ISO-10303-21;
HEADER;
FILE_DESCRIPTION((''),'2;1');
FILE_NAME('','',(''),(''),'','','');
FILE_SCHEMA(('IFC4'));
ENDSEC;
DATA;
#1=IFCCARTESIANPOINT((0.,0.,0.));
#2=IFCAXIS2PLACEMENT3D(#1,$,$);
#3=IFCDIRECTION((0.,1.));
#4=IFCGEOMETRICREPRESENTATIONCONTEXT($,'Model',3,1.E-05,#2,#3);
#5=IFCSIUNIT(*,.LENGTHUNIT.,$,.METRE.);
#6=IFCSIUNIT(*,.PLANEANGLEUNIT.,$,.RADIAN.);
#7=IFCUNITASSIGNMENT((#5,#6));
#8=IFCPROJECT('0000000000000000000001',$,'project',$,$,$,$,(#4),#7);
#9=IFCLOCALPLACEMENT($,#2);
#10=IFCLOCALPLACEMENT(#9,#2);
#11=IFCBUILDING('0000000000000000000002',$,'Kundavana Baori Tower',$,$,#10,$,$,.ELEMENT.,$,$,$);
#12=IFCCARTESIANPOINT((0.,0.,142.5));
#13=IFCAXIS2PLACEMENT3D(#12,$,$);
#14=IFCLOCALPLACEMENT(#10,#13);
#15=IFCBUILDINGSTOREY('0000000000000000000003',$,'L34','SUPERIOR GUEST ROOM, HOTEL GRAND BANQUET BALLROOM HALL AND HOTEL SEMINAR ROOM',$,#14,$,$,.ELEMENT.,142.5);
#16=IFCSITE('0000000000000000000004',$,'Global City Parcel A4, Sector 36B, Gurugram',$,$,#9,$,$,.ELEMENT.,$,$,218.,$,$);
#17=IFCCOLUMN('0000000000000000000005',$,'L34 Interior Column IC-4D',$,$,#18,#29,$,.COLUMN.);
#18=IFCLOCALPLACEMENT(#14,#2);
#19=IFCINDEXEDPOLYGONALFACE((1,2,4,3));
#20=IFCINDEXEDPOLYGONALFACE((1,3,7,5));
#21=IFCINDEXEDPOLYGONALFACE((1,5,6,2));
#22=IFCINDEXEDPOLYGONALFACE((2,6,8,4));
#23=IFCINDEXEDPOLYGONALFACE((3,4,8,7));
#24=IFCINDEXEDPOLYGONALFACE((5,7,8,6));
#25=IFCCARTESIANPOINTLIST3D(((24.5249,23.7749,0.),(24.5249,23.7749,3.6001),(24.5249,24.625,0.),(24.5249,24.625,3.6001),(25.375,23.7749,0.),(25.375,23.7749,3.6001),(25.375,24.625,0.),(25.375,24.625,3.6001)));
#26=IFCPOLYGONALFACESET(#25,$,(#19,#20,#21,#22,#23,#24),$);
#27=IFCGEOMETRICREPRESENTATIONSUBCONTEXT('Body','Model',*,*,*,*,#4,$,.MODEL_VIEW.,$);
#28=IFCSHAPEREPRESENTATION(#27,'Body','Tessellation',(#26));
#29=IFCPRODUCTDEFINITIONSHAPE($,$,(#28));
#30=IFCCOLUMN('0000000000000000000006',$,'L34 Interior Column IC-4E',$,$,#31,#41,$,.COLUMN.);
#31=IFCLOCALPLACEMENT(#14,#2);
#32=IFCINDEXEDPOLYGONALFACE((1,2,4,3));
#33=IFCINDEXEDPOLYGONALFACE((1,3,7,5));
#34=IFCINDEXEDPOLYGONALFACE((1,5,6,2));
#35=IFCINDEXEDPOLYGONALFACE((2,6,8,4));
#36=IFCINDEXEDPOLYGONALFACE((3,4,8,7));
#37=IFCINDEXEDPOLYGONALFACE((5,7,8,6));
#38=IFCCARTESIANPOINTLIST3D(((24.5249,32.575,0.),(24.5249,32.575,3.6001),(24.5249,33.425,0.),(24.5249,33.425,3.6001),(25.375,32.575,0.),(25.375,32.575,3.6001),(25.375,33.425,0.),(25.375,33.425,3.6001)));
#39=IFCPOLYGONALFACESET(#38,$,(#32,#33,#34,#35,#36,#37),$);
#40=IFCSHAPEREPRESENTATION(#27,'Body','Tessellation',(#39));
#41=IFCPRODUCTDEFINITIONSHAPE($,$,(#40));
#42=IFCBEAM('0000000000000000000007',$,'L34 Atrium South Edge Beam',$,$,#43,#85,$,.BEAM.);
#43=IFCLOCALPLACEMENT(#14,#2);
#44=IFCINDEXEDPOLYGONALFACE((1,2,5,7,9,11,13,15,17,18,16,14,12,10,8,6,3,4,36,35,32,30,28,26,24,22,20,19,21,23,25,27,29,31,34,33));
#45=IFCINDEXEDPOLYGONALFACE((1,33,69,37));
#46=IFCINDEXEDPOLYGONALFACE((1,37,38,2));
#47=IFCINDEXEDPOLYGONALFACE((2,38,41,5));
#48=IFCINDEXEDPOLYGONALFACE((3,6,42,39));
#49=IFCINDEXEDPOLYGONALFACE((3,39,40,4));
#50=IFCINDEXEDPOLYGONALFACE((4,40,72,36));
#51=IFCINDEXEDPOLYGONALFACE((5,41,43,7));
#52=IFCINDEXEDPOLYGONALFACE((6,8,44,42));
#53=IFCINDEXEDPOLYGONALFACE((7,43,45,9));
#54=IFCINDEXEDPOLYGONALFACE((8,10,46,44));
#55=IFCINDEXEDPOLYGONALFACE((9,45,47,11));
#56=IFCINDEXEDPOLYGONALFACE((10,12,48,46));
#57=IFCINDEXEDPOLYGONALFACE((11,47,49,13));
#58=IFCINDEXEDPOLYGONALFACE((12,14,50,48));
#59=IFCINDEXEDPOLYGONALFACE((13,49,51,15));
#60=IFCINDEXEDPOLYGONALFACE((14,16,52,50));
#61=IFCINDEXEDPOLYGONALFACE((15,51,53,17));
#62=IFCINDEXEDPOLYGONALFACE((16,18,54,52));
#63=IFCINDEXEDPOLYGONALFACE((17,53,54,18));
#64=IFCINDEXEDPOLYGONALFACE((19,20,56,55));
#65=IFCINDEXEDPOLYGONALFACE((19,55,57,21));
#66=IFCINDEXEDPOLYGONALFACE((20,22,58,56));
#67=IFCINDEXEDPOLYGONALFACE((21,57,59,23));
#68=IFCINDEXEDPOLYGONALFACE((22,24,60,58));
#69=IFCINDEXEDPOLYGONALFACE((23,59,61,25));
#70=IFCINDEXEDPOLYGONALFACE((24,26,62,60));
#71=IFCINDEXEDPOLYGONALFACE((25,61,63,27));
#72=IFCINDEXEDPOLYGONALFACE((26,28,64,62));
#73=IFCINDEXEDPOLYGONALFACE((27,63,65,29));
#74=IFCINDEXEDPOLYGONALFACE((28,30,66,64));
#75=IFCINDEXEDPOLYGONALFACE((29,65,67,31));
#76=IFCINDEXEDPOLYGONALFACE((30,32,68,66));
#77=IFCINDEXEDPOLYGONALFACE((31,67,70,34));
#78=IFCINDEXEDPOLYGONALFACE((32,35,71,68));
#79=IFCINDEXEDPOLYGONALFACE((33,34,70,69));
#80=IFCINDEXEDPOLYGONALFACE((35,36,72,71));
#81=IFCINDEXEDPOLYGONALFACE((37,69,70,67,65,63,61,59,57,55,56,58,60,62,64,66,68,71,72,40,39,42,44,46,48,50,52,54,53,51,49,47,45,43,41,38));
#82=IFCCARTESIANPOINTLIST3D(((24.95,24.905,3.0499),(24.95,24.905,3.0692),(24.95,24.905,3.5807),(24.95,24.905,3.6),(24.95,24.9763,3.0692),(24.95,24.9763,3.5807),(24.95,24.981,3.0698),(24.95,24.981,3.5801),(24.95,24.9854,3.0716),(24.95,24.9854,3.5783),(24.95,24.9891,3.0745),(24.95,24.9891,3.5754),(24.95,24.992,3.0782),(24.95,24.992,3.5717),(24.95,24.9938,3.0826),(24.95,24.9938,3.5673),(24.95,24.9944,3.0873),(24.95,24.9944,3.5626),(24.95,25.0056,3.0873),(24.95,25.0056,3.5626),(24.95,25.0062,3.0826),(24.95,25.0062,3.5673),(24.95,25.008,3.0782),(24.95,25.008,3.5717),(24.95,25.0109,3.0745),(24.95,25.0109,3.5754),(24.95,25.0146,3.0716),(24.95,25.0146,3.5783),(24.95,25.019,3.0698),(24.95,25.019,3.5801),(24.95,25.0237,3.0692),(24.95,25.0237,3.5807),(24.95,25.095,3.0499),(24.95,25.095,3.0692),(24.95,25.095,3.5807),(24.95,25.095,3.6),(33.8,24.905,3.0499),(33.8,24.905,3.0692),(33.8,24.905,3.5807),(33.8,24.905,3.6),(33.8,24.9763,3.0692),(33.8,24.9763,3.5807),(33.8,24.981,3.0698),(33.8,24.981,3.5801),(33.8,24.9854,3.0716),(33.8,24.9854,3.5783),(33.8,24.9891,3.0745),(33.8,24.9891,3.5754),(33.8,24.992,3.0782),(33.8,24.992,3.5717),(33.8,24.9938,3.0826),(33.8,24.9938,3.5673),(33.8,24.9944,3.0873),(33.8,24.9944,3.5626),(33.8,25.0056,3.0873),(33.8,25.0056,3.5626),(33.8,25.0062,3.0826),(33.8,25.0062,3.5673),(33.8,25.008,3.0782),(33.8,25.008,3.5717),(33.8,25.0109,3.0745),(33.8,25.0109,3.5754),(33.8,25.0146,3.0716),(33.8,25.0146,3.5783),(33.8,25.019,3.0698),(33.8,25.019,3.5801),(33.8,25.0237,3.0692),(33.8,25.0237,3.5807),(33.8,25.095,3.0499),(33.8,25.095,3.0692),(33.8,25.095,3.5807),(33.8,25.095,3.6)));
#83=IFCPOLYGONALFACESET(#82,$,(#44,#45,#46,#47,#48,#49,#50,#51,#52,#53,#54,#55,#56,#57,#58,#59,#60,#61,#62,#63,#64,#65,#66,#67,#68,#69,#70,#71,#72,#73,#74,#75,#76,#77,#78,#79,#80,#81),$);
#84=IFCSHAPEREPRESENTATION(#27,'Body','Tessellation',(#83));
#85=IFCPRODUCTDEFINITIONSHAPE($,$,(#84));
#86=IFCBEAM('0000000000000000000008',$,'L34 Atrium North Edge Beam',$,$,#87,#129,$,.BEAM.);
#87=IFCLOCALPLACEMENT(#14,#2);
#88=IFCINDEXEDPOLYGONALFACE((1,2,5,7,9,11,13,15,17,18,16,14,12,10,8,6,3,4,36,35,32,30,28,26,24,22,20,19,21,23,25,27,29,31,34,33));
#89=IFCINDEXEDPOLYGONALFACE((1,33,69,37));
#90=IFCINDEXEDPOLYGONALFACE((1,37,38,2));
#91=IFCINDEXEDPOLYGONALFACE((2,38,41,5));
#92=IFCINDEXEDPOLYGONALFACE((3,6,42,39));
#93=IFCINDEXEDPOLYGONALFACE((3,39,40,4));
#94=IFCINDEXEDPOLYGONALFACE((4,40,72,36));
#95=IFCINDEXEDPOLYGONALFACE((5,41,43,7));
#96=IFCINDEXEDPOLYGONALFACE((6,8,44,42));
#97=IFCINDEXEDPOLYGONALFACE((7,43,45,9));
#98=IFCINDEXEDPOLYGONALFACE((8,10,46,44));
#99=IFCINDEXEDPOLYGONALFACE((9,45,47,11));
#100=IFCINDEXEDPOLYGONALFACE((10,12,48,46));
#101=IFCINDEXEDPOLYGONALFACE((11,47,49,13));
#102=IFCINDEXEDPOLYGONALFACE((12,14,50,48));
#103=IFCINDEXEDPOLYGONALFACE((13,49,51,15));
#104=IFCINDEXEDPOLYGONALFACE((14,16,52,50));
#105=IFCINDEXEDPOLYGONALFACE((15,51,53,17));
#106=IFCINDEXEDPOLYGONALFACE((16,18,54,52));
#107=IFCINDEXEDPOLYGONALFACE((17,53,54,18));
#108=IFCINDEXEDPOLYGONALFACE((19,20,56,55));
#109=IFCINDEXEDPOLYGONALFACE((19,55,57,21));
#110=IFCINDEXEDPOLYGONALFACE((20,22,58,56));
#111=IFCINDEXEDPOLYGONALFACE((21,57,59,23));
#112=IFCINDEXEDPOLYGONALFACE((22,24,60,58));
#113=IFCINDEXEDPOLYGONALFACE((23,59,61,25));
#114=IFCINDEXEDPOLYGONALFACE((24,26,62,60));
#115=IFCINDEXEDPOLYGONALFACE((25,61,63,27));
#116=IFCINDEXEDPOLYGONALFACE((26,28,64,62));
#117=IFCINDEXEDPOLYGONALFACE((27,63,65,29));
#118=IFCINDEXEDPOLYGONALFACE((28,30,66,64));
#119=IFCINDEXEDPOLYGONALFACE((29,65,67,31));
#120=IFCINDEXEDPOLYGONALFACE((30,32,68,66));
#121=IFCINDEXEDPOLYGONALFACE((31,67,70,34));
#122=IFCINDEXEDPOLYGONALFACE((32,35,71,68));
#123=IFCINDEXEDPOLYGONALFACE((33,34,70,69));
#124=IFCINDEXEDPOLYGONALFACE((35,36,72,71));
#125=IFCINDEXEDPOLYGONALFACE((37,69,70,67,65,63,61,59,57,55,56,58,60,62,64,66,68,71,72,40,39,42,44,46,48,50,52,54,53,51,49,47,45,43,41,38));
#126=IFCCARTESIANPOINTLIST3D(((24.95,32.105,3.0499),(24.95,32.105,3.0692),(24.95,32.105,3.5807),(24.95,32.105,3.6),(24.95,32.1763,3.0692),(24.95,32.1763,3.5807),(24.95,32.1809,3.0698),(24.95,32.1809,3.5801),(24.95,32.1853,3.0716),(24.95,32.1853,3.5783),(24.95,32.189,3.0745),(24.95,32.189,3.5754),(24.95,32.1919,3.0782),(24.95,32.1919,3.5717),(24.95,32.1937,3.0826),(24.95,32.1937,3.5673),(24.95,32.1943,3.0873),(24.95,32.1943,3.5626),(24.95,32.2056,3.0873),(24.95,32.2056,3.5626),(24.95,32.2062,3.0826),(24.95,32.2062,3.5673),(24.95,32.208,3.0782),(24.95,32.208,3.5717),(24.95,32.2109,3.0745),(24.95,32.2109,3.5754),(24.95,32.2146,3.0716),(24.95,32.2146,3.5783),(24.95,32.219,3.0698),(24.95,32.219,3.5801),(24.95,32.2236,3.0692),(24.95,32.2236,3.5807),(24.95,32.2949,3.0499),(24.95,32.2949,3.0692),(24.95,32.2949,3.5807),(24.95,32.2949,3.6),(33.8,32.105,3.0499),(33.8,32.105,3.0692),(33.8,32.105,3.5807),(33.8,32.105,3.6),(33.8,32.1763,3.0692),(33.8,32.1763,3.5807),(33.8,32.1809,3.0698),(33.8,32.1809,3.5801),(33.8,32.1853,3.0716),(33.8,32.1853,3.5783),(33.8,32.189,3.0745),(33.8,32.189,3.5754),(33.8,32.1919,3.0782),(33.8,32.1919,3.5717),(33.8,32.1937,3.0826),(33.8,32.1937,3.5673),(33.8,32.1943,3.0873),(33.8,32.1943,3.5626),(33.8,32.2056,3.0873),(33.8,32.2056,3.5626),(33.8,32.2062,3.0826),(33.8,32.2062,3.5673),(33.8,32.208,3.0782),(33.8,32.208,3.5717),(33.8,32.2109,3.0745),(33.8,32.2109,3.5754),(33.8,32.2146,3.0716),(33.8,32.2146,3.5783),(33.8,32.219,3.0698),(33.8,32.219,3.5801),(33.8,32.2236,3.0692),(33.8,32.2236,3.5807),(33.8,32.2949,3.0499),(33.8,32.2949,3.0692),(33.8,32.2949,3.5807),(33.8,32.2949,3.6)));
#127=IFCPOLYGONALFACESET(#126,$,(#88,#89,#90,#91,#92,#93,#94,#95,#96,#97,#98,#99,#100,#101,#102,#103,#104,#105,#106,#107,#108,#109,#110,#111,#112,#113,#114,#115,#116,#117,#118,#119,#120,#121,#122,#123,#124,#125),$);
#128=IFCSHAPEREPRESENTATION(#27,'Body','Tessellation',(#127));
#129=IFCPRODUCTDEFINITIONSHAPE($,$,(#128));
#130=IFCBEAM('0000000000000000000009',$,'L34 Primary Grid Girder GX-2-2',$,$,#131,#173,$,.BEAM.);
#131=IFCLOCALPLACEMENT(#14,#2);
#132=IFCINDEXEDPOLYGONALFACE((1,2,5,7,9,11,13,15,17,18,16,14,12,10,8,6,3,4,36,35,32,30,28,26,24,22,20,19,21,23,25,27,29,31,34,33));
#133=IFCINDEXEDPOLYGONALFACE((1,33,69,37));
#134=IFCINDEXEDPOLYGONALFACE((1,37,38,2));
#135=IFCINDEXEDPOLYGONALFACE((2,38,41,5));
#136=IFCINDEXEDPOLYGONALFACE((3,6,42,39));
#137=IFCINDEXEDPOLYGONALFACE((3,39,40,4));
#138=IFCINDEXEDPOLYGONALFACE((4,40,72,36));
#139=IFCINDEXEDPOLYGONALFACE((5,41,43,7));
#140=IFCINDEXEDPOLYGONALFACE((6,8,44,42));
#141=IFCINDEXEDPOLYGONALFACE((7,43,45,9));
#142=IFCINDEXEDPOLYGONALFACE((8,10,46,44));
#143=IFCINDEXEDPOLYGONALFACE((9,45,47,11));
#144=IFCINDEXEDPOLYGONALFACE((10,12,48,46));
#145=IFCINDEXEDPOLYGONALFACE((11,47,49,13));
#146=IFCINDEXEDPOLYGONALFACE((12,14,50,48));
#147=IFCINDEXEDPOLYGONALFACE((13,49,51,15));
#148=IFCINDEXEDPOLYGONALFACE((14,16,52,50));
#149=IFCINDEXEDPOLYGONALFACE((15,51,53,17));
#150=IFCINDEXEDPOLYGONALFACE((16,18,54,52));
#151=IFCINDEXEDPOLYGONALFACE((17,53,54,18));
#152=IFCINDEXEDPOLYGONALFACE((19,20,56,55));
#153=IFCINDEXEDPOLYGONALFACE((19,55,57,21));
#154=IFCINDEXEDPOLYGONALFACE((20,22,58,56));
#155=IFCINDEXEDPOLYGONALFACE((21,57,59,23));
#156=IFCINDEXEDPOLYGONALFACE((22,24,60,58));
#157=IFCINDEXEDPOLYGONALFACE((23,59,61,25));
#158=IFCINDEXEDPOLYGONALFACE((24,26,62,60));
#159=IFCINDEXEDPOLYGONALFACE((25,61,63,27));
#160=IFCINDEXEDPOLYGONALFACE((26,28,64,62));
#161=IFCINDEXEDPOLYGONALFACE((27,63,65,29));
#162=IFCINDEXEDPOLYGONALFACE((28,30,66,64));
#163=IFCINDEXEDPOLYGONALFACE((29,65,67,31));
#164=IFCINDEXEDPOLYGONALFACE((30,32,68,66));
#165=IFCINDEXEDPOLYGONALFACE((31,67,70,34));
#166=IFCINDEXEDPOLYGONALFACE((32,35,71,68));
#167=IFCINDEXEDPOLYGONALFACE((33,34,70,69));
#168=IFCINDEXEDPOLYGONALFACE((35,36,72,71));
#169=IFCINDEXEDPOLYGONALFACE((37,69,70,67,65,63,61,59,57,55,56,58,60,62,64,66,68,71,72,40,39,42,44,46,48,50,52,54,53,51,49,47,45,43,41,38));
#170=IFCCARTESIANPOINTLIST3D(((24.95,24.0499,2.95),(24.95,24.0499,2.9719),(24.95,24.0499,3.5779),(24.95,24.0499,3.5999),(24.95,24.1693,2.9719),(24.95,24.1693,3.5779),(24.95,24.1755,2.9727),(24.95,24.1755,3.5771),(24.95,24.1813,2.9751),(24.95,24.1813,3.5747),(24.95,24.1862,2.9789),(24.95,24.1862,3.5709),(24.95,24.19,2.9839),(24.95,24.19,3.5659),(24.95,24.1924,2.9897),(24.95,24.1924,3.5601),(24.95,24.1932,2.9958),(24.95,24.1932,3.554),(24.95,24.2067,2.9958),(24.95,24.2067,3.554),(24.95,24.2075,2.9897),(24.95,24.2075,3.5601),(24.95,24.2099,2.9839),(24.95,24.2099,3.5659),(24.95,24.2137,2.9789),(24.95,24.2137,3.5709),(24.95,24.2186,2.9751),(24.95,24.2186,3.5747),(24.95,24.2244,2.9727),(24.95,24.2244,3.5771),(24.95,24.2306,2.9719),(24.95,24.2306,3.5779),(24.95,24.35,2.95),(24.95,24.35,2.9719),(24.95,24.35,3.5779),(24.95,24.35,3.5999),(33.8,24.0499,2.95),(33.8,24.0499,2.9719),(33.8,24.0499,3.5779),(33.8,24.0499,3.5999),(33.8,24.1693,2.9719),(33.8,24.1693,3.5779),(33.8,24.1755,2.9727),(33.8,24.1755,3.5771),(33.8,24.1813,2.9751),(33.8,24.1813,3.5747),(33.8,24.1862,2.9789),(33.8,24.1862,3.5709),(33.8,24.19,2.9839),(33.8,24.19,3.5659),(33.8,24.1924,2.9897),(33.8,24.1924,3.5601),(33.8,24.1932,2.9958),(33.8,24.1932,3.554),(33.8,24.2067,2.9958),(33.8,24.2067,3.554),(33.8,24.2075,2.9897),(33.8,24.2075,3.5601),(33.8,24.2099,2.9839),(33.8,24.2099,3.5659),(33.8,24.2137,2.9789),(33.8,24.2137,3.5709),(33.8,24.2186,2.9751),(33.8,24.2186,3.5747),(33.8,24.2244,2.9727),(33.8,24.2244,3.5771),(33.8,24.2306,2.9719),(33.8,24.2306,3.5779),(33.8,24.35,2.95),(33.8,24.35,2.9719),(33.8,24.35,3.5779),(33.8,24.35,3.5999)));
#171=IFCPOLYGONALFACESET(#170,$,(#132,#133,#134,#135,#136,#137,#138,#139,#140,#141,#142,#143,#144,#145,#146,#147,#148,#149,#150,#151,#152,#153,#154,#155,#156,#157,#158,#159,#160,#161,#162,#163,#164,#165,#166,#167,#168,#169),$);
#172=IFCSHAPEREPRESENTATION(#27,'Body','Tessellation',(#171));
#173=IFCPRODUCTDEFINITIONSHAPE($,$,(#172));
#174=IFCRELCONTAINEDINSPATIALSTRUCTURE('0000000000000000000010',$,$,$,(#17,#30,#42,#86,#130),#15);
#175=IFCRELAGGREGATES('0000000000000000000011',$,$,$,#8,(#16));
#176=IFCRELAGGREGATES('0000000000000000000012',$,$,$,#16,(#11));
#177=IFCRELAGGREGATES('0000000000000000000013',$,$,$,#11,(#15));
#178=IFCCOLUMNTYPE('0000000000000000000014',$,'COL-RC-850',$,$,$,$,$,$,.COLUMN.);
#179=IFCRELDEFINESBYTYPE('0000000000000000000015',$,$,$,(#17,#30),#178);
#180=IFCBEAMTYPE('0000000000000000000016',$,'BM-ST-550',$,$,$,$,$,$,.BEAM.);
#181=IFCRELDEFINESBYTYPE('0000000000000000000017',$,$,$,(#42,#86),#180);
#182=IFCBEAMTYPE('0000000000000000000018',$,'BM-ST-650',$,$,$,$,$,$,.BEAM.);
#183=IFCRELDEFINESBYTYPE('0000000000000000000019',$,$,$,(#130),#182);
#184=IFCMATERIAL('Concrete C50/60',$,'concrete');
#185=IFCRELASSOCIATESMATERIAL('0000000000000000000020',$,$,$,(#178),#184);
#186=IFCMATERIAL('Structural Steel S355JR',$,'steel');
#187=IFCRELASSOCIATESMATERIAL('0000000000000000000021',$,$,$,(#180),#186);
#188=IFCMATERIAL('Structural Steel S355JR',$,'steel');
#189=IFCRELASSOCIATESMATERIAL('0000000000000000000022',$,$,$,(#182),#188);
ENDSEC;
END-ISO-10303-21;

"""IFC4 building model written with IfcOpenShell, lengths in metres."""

from ifc_helpers import new_model, si_unit, direction, frame, origin, origin_2d, place, context, subcontext, project, spatial, rectangle, i_section, extrude, material, material_profile, profile_set, type_object, element, save


model = new_model("IFC4")

# Units and contexts
model_context = context("Model", 3, precision=1e-05, world=origin(), true_north=direction((0.0, 1.0)))
body_context = subcontext(model_context, "Body", "Model", "MODEL_VIEW")
ifc_project = project(units=[si_unit("LENGTHUNIT", "METRE"), si_unit("PLANEANGLEUNIT", "RADIAN")], contexts=[model_context])

# Site, building, storey
site_placement = place(None, origin())
site = spatial("IfcSite", under=ifc_project, at=site_placement, Name="Global City Parcel A4, Sector 36B, Gurugram", CompositionType="ELEMENT", RefElevation=218.0)
building_placement = place(site_placement, origin())
building = spatial("IfcBuilding", under=site, at=building_placement, Name="Kundavana Baori Tower", CompositionType="ELEMENT")
storey_placement = place(building_placement, frame((0.0, 0.0, 142.5)))
storey = spatial("IfcBuildingStorey", under=building, at=storey_placement, Name="L34", Description="SUPERIOR GUEST ROOM, HOTEL GRAND BANQUET BALLROOM HALL AND HOTEL SEMINAR ROOM", CompositionType="ELEMENT", Elevation=142.5)

# Columns
ifc_material_1 = material(Name="Concrete C50/60", Category="concrete")
ifc_material_profile_1 = material_profile(ifc_material_1, rectangle(XDim=0.8501, YDim=0.8501, at=origin_2d()), Name="RC 850x850")
ifc_profile_set_1 = profile_set([ifc_material_profile_1], Name="Concrete C50/60")
column_type = type_object("IfcColumnType", Name="COL-RC-850", PredefinedType="COLUMN", material=ifc_profile_set_1)
for number, where, z_axis, x_axis, name in (
    (1, (24.95, 24.2, 0.0), (0.0, 0.0, 1.0), (1.0, 0.0, 0.0), "L34 Interior Column IC-4D"),
    (2, (24.95, 33.0, 0.0), (0.0, 0.0, 1.0), (1.0, 0.0, 0.0), "L34 Interior Column IC-4E"),
):
    element("IfcColumn", number, at=place(storey_placement, frame(where, z_axis=z_axis, x_axis=x_axis)), inside=storey, type_object=column_type, Name=name, PredefinedType="COLUMN", context=body_context, shape_type="SweptSolid", body=[
        extrude(rectangle(XDim=0.8501, YDim=0.8501, at=origin_2d()), origin(), (0.0, 0.0, 1.0), 3.6001),
    ])

# Beams
ifc_material_2 = material(Name="Structural Steel S355JR", Category="steel")
ifc_material_profile_2 = material_profile(ifc_material_2, i_section(OverallWidth=0.1899, OverallDepth=0.55, WebThickness=0.0112, FlangeThickness=0.0193, FilletRadius=0.0181, at=origin_2d()), Name="ISMB 550")
ifc_profile_set_2 = profile_set([ifc_material_profile_2], Name="Structural Steel S355JR")
beam_type_1 = type_object("IfcBeamType", Name="BM-ST-550", PredefinedType="BEAM", material=ifc_profile_set_2)
for number, where, z_axis, x_axis, name in (
    (3, (24.95, 25.0, 3.325), (1.0, 0.0, 0.0), (0.0, 1.0, 0.0), "L34 Atrium South Edge Beam"),
    (4, (24.95, 32.2, 3.325), (1.0, 0.0, 0.0), (0.0, 1.0, 0.0), "L34 Atrium North Edge Beam"),
):
    element("IfcBeam", number, at=place(storey_placement, frame(where, z_axis=z_axis, x_axis=x_axis)), inside=storey, type_object=beam_type_1, Name=name, PredefinedType="BEAM", context=body_context, shape_type="SweptSolid", body=[
        extrude(i_section(OverallWidth=0.1899, OverallDepth=0.55, WebThickness=0.0112, FlangeThickness=0.0193, FilletRadius=0.0181, at=origin_2d()), origin(), (0.0, 0.0, 1.0), 8.8501),
    ])
ifc_material_3 = material(Name="Structural Steel S355JR", Category="steel")
ifc_material_profile_3 = material_profile(ifc_material_3, i_section(OverallWidth=0.3, OverallDepth=0.6499, WebThickness=0.0134, FlangeThickness=0.022, FilletRadius=0.0239, at=origin_2d()), Name="NPB 650x300x155")
ifc_profile_set_3 = profile_set([ifc_material_profile_3], Name="Structural Steel S355JR")
beam_type_2 = type_object("IfcBeamType", Name="BM-ST-650", PredefinedType="BEAM", material=ifc_profile_set_3)
for number, where, z_axis, x_axis, name in (
    (5, (24.95, 24.2, 3.2749), (1.0, 0.0, 0.0), (0.0, 1.0, 0.0), "L34 Primary Grid Girder GX-2-2"),
):
    element("IfcBeam", number, at=place(storey_placement, frame(where, z_axis=z_axis, x_axis=x_axis)), inside=storey, type_object=beam_type_2, Name=name, PredefinedType="BEAM", context=body_context, shape_type="SweptSolid", body=[
        extrude(i_section(OverallWidth=0.3, OverallDepth=0.6499, WebThickness=0.0134, FlangeThickness=0.022, FilletRadius=0.0239, at=origin_2d()), origin(), (0.0, 0.0, 1.0), 8.8501),
    ])

save(model, "model.ifc")
